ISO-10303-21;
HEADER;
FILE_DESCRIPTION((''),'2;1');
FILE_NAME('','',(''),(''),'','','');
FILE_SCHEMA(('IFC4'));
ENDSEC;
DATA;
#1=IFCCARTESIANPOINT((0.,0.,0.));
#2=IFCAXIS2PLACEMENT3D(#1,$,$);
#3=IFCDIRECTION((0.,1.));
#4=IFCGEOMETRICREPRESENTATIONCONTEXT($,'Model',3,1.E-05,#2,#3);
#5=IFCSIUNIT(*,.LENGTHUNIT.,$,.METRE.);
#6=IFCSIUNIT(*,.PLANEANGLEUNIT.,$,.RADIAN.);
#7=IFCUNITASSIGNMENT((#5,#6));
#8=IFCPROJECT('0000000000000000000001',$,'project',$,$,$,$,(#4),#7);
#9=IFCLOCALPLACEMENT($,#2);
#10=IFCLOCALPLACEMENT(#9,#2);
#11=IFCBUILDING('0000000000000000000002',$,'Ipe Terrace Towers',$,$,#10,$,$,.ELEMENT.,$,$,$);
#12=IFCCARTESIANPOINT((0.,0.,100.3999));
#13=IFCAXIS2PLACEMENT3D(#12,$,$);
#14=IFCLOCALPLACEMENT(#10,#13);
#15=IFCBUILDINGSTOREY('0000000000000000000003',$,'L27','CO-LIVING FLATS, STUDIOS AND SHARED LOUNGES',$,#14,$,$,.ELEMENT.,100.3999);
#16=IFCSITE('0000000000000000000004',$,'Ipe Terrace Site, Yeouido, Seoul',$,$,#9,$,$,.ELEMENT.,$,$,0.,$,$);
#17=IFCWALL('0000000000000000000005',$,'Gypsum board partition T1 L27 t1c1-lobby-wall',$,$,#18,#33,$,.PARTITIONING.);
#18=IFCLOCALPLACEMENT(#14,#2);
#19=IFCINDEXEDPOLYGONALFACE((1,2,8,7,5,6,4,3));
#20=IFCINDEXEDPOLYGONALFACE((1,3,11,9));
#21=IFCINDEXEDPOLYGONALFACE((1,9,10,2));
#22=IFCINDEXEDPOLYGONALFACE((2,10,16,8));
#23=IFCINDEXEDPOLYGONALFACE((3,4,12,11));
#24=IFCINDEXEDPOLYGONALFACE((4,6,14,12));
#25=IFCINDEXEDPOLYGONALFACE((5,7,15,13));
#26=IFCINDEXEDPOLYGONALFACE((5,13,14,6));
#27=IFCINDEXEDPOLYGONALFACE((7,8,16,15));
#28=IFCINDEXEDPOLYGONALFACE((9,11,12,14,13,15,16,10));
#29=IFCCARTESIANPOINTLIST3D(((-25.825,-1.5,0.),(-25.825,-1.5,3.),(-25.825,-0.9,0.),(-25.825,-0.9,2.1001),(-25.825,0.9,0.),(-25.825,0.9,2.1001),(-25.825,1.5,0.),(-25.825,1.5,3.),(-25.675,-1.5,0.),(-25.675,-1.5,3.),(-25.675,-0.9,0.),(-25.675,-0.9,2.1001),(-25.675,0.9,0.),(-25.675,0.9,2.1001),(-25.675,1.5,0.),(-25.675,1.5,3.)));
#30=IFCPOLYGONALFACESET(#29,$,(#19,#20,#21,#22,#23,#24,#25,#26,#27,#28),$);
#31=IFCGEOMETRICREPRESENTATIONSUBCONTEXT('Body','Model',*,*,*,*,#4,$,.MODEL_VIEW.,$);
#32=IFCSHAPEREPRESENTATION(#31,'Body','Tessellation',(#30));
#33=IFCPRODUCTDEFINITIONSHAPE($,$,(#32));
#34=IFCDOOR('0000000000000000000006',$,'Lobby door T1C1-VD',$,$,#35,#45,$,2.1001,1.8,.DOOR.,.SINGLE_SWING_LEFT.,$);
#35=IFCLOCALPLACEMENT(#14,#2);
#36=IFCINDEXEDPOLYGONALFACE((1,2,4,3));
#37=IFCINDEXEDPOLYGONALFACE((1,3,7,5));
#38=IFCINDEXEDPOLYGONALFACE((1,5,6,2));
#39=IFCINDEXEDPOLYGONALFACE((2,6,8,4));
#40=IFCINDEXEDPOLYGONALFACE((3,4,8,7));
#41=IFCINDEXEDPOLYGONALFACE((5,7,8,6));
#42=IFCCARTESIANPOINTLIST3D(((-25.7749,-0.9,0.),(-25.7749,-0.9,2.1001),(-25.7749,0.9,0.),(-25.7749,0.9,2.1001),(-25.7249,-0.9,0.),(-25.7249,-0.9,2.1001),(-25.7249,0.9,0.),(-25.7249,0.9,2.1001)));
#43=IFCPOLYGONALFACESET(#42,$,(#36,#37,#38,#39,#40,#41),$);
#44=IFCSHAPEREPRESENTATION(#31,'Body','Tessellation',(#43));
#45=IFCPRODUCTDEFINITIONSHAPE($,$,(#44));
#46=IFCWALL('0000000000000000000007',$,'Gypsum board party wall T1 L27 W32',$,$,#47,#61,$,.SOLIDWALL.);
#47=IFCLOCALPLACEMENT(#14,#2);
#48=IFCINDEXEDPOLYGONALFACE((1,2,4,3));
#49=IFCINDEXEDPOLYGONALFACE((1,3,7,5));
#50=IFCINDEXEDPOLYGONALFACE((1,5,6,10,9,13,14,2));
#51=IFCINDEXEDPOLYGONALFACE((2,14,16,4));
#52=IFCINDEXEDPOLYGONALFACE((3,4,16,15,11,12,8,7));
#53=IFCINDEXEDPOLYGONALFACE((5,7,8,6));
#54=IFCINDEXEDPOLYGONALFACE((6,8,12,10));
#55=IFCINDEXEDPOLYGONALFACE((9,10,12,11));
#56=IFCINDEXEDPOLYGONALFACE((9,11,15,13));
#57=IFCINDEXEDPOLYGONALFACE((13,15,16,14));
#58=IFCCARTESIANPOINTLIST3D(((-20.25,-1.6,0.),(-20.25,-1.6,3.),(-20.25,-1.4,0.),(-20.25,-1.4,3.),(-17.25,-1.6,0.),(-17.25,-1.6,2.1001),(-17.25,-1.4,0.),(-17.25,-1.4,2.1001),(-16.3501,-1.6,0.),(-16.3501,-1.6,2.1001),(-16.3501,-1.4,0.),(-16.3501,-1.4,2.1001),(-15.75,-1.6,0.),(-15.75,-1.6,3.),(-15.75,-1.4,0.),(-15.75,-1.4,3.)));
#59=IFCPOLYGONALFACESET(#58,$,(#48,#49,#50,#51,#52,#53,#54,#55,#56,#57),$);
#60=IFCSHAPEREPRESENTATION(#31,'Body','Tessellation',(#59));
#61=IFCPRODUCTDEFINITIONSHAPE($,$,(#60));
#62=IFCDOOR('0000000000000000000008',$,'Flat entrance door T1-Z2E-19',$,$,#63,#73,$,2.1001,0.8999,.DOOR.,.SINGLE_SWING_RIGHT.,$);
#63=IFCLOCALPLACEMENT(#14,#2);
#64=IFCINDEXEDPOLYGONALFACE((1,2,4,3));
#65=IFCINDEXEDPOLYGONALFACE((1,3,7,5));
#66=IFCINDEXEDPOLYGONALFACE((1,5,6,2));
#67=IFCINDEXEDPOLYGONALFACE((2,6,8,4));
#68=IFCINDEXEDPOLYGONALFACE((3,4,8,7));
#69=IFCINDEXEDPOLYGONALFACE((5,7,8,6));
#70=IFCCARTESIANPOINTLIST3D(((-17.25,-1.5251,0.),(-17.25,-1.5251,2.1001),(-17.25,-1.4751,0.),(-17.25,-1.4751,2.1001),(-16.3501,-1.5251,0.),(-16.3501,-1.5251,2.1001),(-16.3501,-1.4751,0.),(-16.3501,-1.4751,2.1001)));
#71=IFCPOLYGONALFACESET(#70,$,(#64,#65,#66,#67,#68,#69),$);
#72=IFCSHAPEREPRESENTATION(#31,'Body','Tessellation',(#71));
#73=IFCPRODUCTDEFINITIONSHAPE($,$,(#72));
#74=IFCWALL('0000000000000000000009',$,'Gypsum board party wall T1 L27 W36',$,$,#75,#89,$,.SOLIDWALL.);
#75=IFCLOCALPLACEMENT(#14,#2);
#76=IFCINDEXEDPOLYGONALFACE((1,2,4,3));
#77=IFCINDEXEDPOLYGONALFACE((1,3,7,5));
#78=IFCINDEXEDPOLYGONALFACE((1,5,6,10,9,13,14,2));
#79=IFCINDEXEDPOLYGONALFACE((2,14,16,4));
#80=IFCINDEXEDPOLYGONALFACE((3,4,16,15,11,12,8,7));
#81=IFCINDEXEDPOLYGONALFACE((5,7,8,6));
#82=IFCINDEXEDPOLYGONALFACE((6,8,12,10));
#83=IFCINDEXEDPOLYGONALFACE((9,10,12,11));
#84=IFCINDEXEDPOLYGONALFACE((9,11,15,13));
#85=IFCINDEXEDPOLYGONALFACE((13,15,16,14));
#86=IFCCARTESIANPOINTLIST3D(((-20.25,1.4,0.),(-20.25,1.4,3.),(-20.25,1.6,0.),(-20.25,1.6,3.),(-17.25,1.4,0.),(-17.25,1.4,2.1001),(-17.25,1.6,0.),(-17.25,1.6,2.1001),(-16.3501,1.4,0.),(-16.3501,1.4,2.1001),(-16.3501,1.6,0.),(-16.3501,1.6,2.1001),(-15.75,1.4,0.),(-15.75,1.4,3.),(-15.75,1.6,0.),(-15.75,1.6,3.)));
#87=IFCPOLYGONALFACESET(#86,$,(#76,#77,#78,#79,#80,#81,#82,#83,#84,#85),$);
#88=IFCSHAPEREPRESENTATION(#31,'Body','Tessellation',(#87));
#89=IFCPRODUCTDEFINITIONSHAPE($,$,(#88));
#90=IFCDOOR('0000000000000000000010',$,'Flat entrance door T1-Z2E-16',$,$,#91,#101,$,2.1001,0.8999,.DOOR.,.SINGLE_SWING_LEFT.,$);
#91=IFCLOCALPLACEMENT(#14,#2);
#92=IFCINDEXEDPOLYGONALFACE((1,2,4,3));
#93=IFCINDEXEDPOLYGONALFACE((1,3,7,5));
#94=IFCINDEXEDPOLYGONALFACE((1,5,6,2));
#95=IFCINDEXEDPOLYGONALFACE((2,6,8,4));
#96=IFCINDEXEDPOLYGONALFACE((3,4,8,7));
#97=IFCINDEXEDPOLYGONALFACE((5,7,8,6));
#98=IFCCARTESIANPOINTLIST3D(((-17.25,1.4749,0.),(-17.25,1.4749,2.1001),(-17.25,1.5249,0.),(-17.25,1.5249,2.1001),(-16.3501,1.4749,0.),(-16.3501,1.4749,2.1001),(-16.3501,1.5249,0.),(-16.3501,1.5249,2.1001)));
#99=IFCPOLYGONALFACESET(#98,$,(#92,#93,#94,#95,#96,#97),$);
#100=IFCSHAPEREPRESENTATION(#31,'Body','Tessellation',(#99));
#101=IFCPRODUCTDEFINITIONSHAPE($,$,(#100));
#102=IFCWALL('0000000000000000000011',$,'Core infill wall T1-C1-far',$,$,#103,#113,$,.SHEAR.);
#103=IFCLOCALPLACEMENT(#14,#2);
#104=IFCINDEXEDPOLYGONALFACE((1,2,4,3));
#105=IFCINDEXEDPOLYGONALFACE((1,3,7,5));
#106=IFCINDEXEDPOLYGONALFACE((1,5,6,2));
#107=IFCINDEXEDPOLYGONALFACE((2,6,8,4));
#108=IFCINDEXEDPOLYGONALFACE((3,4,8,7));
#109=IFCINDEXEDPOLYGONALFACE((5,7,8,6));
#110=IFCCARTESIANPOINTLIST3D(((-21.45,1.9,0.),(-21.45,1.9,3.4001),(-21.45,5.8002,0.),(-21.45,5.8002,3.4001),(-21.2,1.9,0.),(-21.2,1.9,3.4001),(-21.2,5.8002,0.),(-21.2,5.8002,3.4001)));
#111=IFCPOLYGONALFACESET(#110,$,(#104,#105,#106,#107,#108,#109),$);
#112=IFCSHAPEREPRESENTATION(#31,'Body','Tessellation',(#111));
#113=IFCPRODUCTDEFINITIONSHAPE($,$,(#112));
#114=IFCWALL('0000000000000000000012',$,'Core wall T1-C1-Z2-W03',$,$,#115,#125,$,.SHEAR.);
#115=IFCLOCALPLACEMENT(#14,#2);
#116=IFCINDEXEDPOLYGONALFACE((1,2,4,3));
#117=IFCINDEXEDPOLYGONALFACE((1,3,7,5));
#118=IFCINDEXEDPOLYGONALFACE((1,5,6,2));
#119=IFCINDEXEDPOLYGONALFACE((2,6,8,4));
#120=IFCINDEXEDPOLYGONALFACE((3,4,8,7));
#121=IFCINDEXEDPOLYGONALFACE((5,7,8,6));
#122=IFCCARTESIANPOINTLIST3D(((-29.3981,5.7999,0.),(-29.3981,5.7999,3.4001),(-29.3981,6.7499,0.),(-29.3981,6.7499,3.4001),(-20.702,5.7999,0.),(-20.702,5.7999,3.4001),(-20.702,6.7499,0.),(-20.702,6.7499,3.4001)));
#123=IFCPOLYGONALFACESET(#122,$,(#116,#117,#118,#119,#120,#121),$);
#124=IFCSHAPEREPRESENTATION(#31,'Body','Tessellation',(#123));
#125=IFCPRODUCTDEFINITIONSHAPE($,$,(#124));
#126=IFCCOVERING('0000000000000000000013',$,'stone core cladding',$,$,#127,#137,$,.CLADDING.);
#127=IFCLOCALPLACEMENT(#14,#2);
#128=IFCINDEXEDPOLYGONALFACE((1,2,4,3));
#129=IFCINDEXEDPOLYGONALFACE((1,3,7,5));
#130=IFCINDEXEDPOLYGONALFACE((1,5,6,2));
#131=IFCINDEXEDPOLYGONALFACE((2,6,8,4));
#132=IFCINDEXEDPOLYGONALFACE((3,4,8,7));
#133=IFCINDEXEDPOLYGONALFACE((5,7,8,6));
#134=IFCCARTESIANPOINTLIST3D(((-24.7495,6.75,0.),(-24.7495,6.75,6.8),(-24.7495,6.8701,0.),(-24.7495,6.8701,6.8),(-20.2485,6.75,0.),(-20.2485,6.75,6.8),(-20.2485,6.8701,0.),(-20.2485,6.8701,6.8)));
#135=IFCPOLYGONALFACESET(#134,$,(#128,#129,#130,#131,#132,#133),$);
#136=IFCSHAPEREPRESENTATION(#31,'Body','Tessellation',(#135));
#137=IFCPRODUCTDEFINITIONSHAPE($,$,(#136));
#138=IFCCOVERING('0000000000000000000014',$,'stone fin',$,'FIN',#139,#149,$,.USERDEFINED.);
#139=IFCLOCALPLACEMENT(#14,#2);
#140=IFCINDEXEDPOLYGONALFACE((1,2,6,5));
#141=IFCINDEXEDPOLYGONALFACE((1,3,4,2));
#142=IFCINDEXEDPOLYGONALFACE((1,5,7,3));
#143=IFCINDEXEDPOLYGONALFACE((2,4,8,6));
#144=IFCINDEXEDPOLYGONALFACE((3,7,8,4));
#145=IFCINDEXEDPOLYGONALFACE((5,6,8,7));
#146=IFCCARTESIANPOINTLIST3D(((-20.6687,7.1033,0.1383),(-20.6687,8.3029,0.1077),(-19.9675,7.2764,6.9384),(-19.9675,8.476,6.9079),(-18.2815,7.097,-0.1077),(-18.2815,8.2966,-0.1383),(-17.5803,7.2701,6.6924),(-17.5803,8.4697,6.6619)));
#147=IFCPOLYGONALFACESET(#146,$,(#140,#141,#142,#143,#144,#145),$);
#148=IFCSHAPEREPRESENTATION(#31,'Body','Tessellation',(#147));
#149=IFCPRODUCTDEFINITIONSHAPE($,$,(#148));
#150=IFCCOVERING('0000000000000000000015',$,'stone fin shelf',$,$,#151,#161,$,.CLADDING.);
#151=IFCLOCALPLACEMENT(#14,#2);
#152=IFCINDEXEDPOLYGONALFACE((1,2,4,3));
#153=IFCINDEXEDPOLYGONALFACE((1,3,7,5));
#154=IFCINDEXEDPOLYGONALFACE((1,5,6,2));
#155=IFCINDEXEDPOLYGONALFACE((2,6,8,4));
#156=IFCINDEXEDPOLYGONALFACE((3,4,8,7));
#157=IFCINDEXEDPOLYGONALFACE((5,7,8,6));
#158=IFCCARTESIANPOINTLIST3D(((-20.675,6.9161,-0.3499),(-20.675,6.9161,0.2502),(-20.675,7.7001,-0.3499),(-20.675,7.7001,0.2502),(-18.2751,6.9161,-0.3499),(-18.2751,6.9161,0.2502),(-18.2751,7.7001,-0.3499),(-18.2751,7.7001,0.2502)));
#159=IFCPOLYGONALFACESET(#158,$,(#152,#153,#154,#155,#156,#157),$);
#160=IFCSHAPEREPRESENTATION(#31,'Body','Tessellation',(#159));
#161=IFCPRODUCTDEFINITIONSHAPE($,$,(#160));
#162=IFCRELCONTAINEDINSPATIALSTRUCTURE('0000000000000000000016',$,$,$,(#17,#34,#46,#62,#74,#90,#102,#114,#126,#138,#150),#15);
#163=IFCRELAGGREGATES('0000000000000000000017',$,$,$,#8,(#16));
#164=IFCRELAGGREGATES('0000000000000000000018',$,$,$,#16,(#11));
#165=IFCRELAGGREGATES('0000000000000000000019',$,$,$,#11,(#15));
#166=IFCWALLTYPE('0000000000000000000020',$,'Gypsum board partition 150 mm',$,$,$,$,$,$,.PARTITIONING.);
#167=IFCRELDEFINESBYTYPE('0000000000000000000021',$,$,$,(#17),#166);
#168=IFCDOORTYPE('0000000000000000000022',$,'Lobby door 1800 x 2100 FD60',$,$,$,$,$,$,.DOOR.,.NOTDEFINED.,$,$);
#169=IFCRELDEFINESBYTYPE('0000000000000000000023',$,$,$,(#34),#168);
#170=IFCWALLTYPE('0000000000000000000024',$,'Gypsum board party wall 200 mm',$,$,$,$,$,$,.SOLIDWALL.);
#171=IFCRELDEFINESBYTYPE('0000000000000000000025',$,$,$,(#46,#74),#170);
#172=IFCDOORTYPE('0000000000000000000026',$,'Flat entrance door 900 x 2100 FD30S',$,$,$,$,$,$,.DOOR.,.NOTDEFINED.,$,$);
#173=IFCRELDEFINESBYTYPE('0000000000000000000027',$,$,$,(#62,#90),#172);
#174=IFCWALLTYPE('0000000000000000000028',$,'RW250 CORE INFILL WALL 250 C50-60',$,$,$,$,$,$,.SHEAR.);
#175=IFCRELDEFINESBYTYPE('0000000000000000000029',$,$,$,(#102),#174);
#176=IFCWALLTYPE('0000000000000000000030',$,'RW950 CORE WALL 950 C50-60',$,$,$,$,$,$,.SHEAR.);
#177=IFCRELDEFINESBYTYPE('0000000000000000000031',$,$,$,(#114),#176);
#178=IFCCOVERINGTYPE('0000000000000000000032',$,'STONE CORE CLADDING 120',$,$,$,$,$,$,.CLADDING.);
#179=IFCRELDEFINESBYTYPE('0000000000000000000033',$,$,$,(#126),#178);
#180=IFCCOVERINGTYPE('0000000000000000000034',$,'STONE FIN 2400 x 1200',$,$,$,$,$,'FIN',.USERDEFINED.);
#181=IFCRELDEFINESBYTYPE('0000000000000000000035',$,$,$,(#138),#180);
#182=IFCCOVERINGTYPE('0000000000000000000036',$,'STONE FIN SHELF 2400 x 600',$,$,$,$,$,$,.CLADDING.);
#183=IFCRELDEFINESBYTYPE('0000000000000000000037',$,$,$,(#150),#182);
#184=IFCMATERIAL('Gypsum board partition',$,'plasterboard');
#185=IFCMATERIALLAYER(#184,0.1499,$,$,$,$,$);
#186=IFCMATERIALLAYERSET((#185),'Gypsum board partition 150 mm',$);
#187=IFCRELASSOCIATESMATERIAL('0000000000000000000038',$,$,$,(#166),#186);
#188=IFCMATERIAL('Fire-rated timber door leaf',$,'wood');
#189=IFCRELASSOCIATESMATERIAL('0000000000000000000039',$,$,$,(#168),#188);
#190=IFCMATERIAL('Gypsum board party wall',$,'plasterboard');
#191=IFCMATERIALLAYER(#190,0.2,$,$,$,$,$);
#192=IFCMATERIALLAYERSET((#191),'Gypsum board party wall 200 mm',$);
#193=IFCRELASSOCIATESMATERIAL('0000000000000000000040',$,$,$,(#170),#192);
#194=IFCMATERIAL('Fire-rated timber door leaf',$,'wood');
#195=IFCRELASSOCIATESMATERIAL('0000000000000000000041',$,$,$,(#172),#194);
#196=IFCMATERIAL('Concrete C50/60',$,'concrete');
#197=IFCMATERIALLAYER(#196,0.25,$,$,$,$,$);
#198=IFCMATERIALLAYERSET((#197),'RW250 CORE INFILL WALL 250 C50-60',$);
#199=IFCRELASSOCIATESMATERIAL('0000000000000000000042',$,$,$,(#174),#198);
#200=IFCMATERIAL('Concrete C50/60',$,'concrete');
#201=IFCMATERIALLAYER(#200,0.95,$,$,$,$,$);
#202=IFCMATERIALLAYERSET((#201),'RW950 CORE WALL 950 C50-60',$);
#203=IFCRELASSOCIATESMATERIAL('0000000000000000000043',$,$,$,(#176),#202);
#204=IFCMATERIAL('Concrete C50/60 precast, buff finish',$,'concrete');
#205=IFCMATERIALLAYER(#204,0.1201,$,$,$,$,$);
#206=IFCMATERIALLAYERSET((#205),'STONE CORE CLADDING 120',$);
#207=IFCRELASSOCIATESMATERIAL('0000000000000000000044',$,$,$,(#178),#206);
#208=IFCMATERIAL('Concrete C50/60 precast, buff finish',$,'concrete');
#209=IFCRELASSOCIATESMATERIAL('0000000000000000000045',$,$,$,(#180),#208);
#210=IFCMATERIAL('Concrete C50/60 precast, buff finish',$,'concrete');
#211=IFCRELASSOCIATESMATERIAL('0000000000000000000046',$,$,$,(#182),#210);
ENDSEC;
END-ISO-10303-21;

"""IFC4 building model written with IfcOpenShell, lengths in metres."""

from ifc_helpers import new_model, si_unit, direction, frame, frame_2d, origin, origin_2d, place, context, subcontext, project, spatial, rectangle, extrude, material, layer, layer_set, material_profile, profile_set, type_object, element, fill, save


model = new_model("IFC4")

# Units and contexts
model_context = context("Model", 3, precision=1e-05, world=origin(), true_north=direction((0.0, 1.0)))
body_context = subcontext(model_context, "Body", "Model", "MODEL_VIEW")
ifc_project = project(units=[si_unit("LENGTHUNIT", "METRE"), si_unit("PLANEANGLEUNIT", "RADIAN")], contexts=[model_context])

# Site, building, storey
site_placement = place(None, origin())
site = spatial("IfcSite", under=ifc_project, at=site_placement, Name="Ipe Terrace Site, Yeouido, Seoul", CompositionType="ELEMENT", RefElevation=0.0)
building_placement = place(site_placement, origin())
building = spatial("IfcBuilding", under=site, at=building_placement, Name="Ipe Terrace Towers", CompositionType="ELEMENT")
storey_placement = place(building_placement, frame((0.0, 0.0, 100.3999)))
storey = spatial("IfcBuildingStorey", under=building, at=storey_placement, Name="L27", Description="CO-LIVING FLATS, STUDIOS AND SHARED LOUNGES", CompositionType="ELEMENT", Elevation=100.3999)

# Walls, openings, doors
ifc_material_1 = material(Name="Gypsum board partition", Category="plasterboard")
ifc_layer_1 = layer(ifc_material_1, 0.1499)
ifc_layer_set_1 = layer_set([ifc_layer_1], Name="Gypsum board partition 150 mm")
wall_type_1 = type_object("IfcWallType", Name="Gypsum board partition 150 mm", PredefinedType="PARTITIONING", material=ifc_layer_set_1)
wall_1_placement = place(storey_placement, frame((-25.75, -1.5, 0.0), z_axis=(0.0, 0.0, 1.0), x_axis=(0.0, 1.0, 0.0)))
wall_1 = element("IfcWall", 1, at=wall_1_placement, inside=storey, type_object=wall_type_1, Name="Gypsum board partition T1 L27 t1c1-lobby-wall", PredefinedType="PARTITIONING", context=body_context, shape_type="SweptSolid", body=[
    extrude(rectangle(XDim=3.0, YDim=0.1499, at=frame_2d((1.5, 0.0))), origin(), (0.0, 0.0, 1.0), 3.0),
])
opening_1_placement = place(wall_1_placement, frame((0.6001, 0.0, 0.0)))
opening_1 = element("IfcOpeningElement", 2, at=opening_1_placement, cuts=wall_1, PredefinedType="OPENING", context=body_context, shape_type="SweptSolid", body=[
    extrude(rectangle(XDim=1.8, YDim=2.1001, at=frame_2d((0.8999, 1.05))), frame((0.0, 0.085, 0.0), z_axis=(0.0, -1.0, 0.0), x_axis=(1.0, 0.0, 0.0)), (0.0, 0.0, 1.0), 0.1699),
])
ifc_material_2 = material(Name="Fire-rated timber door leaf", Category="wood")
door_type_1 = type_object("IfcDoorType", Name="Lobby door 1800 x 2100 FD60", OperationType="NOTDEFINED", PredefinedType="DOOR", material=ifc_material_2)
door_1_placement = place(opening_1_placement, origin())
door_1 = element("IfcDoor", 3, at=door_1_placement, inside=storey, type_object=door_type_1, Name="Lobby door T1C1-VD", OperationType="SINGLE_SWING_LEFT", OverallHeight=2.1001, OverallWidth=1.8, PredefinedType="DOOR", context=body_context, shape_type="SweptSolid", body=[
    extrude(rectangle(XDim=1.8, YDim=2.1001, at=frame_2d((0.8999, 1.05))), frame((0.0, 0.0249, 0.0), z_axis=(0.0, -1.0, 0.0), x_axis=(1.0, 0.0, 0.0)), (0.0, 0.0, 1.0), 0.05),
])
fill(opening_1, door_1)
ifc_material_3 = material(Name="Gypsum board party wall", Category="plasterboard")
ifc_layer_2 = layer(ifc_material_3, 0.2)
ifc_layer_set_2 = layer_set([ifc_layer_2], Name="Gypsum board party wall 200 mm")
wall_type_2 = type_object("IfcWallType", Name="Gypsum board party wall 200 mm", PredefinedType="SOLIDWALL", material=ifc_layer_set_2)
wall_2_placement = place(storey_placement, frame((-20.25, -1.5, 0.0), z_axis=(0.0, 0.0, 1.0), x_axis=(1.0, 0.0, 0.0)))
wall_2 = element("IfcWall", 4, at=wall_2_placement, inside=storey, type_object=wall_type_2, Name="Gypsum board party wall T1 L27 W32", PredefinedType="SOLIDWALL", context=body_context, shape_type="SweptSolid", body=[
    extrude(rectangle(XDim=4.5, YDim=0.2, at=frame_2d((2.25, 0.0))), origin(), (0.0, 0.0, 1.0), 3.0),
])
opening_2_placement = place(wall_2_placement, frame((3.0, 0.0, 0.0)))
opening_2 = element("IfcOpeningElement", 5, at=opening_2_placement, cuts=wall_2, PredefinedType="OPENING", context=body_context, shape_type="SweptSolid", body=[
    extrude(rectangle(XDim=0.8999, YDim=2.1001, at=frame_2d((0.45, 1.05))), frame((0.0, 0.1099, 0.0), z_axis=(0.0, -1.0, 0.0), x_axis=(1.0, 0.0, 0.0)), (0.0, 0.0, 1.0), 0.22),
])
ifc_material_4 = material(Name="Fire-rated timber door leaf", Category="wood")
door_type_2 = type_object("IfcDoorType", Name="Flat entrance door 900 x 2100 FD30S", OperationType="NOTDEFINED", PredefinedType="DOOR", material=ifc_material_4)
door_2_placement = place(opening_2_placement, origin())
door_2 = element("IfcDoor", 6, at=door_2_placement, inside=storey, type_object=door_type_2, Name="Flat entrance door T1-Z2E-19", OperationType="SINGLE_SWING_RIGHT", OverallHeight=2.1001, OverallWidth=0.8999, PredefinedType="DOOR", context=body_context, shape_type="SweptSolid", body=[
    extrude(rectangle(XDim=0.8999, YDim=2.1001, at=frame_2d((0.45, 1.05))), frame((0.0, 0.0249, 0.0), z_axis=(0.0, -1.0, 0.0), x_axis=(1.0, 0.0, 0.0)), (0.0, 0.0, 1.0), 0.05),
])
fill(opening_2, door_2)
wall_3_placement = place(storey_placement, frame((-20.25, 1.5, 0.0), z_axis=(0.0, 0.0, 1.0), x_axis=(1.0, 0.0, 0.0)))
wall_3 = element("IfcWall", 7, at=wall_3_placement, inside=storey, type_object=wall_type_2, Name="Gypsum board party wall T1 L27 W36", PredefinedType="SOLIDWALL", context=body_context, shape_type="SweptSolid", body=[
    extrude(rectangle(XDim=4.5, YDim=0.2, at=frame_2d((2.25, 0.0))), origin(), (0.0, 0.0, 1.0), 3.0),
])
opening_3_placement = place(wall_3_placement, frame((3.0, 0.0, 0.0)))
opening_3 = element("IfcOpeningElement", 8, at=opening_3_placement, cuts=wall_3, PredefinedType="OPENING", context=body_context, shape_type="SweptSolid", body=[
    extrude(rectangle(XDim=0.8999, YDim=2.1001, at=frame_2d((0.45, 1.05))), frame((0.0, 0.1099, 0.0), z_axis=(0.0, -1.0, 0.0), x_axis=(1.0, 0.0, 0.0)), (0.0, 0.0, 1.0), 0.22),
])
door_3_placement = place(opening_3_placement, origin())
door_3 = element("IfcDoor", 9, at=door_3_placement, inside=storey, type_object=door_type_2, Name="Flat entrance door T1-Z2E-16", OperationType="SINGLE_SWING_LEFT", OverallHeight=2.1001, OverallWidth=0.8999, PredefinedType="DOOR", context=body_context, shape_type="SweptSolid", body=[
    extrude(rectangle(XDim=0.8999, YDim=2.1001, at=frame_2d((0.45, 1.05))), frame((0.0, 0.0249, 0.0), z_axis=(0.0, -1.0, 0.0), x_axis=(1.0, 0.0, 0.0)), (0.0, 0.0, 1.0), 0.05),
])
fill(opening_3, door_3)

# Walls
ifc_material_5 = material(Name="Concrete C50/60", Category="concrete")
ifc_layer_3 = layer(ifc_material_5, 0.25)
ifc_layer_set_3 = layer_set([ifc_layer_3], Name="RW250 CORE INFILL WALL 250 C50-60")
wall_type_3 = type_object("IfcWallType", Name="RW250 CORE INFILL WALL 250 C50-60", PredefinedType="SHEAR", material=ifc_layer_set_3)
wall_4_placement = place(storey_placement, frame((-21.325, 1.8999, 0.0), z_axis=(0.0, 0.0, 1.0), x_axis=(0.0, 1.0, 0.0)))
element("IfcWall", 10, at=wall_4_placement, inside=storey, type_object=wall_type_3, Name="Core infill wall T1-C1-far", PredefinedType="SHEAR", context=body_context, shape_type="SweptSolid", body=[
    extrude(rectangle(XDim=3.9001, YDim=0.25, at=frame_2d((1.9502, 0.0))), origin(), (0.0, 0.0, 1.0), 3.4001),
])
ifc_material_6 = material(Name="Concrete C50/60", Category="concrete")
ifc_layer_4 = layer(ifc_material_6, 0.95)
ifc_layer_set_4 = layer_set([ifc_layer_4], Name="RW950 CORE WALL 950 C50-60")
wall_type_4 = type_object("IfcWallType", Name="RW950 CORE WALL 950 C50-60", PredefinedType="SHEAR", material=ifc_layer_set_4)
wall_5_placement = place(storey_placement, frame((-20.7019, 6.2749, 0.0), z_axis=(0.0, 0.0, 1.0), x_axis=(-1.0, 0.0, 0.0)))
element("IfcWall", 11, at=wall_5_placement, inside=storey, type_object=wall_type_4, Name="Core wall T1-C1-Z2-W03", PredefinedType="SHEAR", context=body_context, shape_type="SweptSolid", body=[
    extrude(rectangle(XDim=8.696, YDim=0.95, at=frame_2d((4.3481, 0.0))), origin(), (0.0, 0.0, 1.0), 3.4001),
])

# Coverings
ifc_material_7 = material(Name="Concrete C50/60 precast, buff finish", Category="concrete")
ifc_layer_5 = layer(ifc_material_7, 0.1201)
ifc_layer_set_5 = layer_set([ifc_layer_5], Name="STONE CORE CLADDING 120")
covering_type_1 = type_object("IfcCoveringType", Name="STONE CORE CLADDING 120", PredefinedType="CLADDING", material=ifc_layer_set_5)
covering_1_placement = place(storey_placement, frame((-22.499, 6.8101, 0.0), z_axis=(0.0, 0.0, 1.0), x_axis=(-1.0, 0.0, 0.0)))
element("IfcCovering", 12, at=covering_1_placement, inside=storey, type_object=covering_type_1, Name="stone core cladding", PredefinedType="CLADDING", context=body_context, shape_type="SweptSolid", body=[
    extrude(rectangle(XDim=4.501, YDim=0.1201, at=origin_2d()), origin(), (0.0, 0.0, 1.0), 6.8),
])
ifc_material_8 = material(Name="Concrete C50/60 precast, buff finish", Category="concrete")
ifc_material_profile_1 = material_profile(ifc_material_8, rectangle(XDim=2.3999, YDim=1.2, at=origin_2d()), Name="STONE FIN 2400 x 1200")
ifc_profile_set_1 = profile_set([ifc_material_profile_1], Name="Concrete C50/60 precast, buff finish")
covering_type_2 = type_object("IfcCoveringType", Name="STONE FIN 2400 x 1200", ElementType="FIN", PredefinedType="USERDEFINED", material=ifc_profile_set_1)
covering_2_placement = place(storey_placement, frame((-19.4751, 7.7, 0.0), z_axis=(0.102536, 0.025313, 0.994407), x_axis=(-0.994729, 0.002609, 0.102503)))
element("IfcCovering", 13, at=covering_2_placement, inside=storey, type_object=covering_type_2, Name="stone fin", ObjectType="FIN", PredefinedType="USERDEFINED", context=body_context, shape_type="SweptSolid", body=[
    extrude(rectangle(XDim=2.3999, YDim=1.2, at=origin_2d()), origin(), (0.0, 0.0, 1.0), 6.8384),
])
ifc_material_9 = material(Name="Concrete C50/60 precast, buff finish", Category="concrete")
covering_type_3 = type_object("IfcCoveringType", Name="STONE FIN SHELF 2400 x 600", PredefinedType="CLADDING", material=ifc_material_9)
covering_3_placement = place(storey_placement, frame((-19.4751, 7.3081, -0.3499), z_axis=(0.0, 0.0, 1.0), x_axis=(-1.0, 0.0, 0.0)))
element("IfcCovering", 14, at=covering_3_placement, inside=storey, type_object=covering_type_3, Name="stone fin shelf", PredefinedType="CLADDING", context=body_context, shape_type="SweptSolid", body=[
    extrude(rectangle(XDim=2.3999, YDim=0.7839, at=origin_2d()), origin(), (0.0, 0.0, 1.0), 0.6001),
])

save(model, "model.ifc")
